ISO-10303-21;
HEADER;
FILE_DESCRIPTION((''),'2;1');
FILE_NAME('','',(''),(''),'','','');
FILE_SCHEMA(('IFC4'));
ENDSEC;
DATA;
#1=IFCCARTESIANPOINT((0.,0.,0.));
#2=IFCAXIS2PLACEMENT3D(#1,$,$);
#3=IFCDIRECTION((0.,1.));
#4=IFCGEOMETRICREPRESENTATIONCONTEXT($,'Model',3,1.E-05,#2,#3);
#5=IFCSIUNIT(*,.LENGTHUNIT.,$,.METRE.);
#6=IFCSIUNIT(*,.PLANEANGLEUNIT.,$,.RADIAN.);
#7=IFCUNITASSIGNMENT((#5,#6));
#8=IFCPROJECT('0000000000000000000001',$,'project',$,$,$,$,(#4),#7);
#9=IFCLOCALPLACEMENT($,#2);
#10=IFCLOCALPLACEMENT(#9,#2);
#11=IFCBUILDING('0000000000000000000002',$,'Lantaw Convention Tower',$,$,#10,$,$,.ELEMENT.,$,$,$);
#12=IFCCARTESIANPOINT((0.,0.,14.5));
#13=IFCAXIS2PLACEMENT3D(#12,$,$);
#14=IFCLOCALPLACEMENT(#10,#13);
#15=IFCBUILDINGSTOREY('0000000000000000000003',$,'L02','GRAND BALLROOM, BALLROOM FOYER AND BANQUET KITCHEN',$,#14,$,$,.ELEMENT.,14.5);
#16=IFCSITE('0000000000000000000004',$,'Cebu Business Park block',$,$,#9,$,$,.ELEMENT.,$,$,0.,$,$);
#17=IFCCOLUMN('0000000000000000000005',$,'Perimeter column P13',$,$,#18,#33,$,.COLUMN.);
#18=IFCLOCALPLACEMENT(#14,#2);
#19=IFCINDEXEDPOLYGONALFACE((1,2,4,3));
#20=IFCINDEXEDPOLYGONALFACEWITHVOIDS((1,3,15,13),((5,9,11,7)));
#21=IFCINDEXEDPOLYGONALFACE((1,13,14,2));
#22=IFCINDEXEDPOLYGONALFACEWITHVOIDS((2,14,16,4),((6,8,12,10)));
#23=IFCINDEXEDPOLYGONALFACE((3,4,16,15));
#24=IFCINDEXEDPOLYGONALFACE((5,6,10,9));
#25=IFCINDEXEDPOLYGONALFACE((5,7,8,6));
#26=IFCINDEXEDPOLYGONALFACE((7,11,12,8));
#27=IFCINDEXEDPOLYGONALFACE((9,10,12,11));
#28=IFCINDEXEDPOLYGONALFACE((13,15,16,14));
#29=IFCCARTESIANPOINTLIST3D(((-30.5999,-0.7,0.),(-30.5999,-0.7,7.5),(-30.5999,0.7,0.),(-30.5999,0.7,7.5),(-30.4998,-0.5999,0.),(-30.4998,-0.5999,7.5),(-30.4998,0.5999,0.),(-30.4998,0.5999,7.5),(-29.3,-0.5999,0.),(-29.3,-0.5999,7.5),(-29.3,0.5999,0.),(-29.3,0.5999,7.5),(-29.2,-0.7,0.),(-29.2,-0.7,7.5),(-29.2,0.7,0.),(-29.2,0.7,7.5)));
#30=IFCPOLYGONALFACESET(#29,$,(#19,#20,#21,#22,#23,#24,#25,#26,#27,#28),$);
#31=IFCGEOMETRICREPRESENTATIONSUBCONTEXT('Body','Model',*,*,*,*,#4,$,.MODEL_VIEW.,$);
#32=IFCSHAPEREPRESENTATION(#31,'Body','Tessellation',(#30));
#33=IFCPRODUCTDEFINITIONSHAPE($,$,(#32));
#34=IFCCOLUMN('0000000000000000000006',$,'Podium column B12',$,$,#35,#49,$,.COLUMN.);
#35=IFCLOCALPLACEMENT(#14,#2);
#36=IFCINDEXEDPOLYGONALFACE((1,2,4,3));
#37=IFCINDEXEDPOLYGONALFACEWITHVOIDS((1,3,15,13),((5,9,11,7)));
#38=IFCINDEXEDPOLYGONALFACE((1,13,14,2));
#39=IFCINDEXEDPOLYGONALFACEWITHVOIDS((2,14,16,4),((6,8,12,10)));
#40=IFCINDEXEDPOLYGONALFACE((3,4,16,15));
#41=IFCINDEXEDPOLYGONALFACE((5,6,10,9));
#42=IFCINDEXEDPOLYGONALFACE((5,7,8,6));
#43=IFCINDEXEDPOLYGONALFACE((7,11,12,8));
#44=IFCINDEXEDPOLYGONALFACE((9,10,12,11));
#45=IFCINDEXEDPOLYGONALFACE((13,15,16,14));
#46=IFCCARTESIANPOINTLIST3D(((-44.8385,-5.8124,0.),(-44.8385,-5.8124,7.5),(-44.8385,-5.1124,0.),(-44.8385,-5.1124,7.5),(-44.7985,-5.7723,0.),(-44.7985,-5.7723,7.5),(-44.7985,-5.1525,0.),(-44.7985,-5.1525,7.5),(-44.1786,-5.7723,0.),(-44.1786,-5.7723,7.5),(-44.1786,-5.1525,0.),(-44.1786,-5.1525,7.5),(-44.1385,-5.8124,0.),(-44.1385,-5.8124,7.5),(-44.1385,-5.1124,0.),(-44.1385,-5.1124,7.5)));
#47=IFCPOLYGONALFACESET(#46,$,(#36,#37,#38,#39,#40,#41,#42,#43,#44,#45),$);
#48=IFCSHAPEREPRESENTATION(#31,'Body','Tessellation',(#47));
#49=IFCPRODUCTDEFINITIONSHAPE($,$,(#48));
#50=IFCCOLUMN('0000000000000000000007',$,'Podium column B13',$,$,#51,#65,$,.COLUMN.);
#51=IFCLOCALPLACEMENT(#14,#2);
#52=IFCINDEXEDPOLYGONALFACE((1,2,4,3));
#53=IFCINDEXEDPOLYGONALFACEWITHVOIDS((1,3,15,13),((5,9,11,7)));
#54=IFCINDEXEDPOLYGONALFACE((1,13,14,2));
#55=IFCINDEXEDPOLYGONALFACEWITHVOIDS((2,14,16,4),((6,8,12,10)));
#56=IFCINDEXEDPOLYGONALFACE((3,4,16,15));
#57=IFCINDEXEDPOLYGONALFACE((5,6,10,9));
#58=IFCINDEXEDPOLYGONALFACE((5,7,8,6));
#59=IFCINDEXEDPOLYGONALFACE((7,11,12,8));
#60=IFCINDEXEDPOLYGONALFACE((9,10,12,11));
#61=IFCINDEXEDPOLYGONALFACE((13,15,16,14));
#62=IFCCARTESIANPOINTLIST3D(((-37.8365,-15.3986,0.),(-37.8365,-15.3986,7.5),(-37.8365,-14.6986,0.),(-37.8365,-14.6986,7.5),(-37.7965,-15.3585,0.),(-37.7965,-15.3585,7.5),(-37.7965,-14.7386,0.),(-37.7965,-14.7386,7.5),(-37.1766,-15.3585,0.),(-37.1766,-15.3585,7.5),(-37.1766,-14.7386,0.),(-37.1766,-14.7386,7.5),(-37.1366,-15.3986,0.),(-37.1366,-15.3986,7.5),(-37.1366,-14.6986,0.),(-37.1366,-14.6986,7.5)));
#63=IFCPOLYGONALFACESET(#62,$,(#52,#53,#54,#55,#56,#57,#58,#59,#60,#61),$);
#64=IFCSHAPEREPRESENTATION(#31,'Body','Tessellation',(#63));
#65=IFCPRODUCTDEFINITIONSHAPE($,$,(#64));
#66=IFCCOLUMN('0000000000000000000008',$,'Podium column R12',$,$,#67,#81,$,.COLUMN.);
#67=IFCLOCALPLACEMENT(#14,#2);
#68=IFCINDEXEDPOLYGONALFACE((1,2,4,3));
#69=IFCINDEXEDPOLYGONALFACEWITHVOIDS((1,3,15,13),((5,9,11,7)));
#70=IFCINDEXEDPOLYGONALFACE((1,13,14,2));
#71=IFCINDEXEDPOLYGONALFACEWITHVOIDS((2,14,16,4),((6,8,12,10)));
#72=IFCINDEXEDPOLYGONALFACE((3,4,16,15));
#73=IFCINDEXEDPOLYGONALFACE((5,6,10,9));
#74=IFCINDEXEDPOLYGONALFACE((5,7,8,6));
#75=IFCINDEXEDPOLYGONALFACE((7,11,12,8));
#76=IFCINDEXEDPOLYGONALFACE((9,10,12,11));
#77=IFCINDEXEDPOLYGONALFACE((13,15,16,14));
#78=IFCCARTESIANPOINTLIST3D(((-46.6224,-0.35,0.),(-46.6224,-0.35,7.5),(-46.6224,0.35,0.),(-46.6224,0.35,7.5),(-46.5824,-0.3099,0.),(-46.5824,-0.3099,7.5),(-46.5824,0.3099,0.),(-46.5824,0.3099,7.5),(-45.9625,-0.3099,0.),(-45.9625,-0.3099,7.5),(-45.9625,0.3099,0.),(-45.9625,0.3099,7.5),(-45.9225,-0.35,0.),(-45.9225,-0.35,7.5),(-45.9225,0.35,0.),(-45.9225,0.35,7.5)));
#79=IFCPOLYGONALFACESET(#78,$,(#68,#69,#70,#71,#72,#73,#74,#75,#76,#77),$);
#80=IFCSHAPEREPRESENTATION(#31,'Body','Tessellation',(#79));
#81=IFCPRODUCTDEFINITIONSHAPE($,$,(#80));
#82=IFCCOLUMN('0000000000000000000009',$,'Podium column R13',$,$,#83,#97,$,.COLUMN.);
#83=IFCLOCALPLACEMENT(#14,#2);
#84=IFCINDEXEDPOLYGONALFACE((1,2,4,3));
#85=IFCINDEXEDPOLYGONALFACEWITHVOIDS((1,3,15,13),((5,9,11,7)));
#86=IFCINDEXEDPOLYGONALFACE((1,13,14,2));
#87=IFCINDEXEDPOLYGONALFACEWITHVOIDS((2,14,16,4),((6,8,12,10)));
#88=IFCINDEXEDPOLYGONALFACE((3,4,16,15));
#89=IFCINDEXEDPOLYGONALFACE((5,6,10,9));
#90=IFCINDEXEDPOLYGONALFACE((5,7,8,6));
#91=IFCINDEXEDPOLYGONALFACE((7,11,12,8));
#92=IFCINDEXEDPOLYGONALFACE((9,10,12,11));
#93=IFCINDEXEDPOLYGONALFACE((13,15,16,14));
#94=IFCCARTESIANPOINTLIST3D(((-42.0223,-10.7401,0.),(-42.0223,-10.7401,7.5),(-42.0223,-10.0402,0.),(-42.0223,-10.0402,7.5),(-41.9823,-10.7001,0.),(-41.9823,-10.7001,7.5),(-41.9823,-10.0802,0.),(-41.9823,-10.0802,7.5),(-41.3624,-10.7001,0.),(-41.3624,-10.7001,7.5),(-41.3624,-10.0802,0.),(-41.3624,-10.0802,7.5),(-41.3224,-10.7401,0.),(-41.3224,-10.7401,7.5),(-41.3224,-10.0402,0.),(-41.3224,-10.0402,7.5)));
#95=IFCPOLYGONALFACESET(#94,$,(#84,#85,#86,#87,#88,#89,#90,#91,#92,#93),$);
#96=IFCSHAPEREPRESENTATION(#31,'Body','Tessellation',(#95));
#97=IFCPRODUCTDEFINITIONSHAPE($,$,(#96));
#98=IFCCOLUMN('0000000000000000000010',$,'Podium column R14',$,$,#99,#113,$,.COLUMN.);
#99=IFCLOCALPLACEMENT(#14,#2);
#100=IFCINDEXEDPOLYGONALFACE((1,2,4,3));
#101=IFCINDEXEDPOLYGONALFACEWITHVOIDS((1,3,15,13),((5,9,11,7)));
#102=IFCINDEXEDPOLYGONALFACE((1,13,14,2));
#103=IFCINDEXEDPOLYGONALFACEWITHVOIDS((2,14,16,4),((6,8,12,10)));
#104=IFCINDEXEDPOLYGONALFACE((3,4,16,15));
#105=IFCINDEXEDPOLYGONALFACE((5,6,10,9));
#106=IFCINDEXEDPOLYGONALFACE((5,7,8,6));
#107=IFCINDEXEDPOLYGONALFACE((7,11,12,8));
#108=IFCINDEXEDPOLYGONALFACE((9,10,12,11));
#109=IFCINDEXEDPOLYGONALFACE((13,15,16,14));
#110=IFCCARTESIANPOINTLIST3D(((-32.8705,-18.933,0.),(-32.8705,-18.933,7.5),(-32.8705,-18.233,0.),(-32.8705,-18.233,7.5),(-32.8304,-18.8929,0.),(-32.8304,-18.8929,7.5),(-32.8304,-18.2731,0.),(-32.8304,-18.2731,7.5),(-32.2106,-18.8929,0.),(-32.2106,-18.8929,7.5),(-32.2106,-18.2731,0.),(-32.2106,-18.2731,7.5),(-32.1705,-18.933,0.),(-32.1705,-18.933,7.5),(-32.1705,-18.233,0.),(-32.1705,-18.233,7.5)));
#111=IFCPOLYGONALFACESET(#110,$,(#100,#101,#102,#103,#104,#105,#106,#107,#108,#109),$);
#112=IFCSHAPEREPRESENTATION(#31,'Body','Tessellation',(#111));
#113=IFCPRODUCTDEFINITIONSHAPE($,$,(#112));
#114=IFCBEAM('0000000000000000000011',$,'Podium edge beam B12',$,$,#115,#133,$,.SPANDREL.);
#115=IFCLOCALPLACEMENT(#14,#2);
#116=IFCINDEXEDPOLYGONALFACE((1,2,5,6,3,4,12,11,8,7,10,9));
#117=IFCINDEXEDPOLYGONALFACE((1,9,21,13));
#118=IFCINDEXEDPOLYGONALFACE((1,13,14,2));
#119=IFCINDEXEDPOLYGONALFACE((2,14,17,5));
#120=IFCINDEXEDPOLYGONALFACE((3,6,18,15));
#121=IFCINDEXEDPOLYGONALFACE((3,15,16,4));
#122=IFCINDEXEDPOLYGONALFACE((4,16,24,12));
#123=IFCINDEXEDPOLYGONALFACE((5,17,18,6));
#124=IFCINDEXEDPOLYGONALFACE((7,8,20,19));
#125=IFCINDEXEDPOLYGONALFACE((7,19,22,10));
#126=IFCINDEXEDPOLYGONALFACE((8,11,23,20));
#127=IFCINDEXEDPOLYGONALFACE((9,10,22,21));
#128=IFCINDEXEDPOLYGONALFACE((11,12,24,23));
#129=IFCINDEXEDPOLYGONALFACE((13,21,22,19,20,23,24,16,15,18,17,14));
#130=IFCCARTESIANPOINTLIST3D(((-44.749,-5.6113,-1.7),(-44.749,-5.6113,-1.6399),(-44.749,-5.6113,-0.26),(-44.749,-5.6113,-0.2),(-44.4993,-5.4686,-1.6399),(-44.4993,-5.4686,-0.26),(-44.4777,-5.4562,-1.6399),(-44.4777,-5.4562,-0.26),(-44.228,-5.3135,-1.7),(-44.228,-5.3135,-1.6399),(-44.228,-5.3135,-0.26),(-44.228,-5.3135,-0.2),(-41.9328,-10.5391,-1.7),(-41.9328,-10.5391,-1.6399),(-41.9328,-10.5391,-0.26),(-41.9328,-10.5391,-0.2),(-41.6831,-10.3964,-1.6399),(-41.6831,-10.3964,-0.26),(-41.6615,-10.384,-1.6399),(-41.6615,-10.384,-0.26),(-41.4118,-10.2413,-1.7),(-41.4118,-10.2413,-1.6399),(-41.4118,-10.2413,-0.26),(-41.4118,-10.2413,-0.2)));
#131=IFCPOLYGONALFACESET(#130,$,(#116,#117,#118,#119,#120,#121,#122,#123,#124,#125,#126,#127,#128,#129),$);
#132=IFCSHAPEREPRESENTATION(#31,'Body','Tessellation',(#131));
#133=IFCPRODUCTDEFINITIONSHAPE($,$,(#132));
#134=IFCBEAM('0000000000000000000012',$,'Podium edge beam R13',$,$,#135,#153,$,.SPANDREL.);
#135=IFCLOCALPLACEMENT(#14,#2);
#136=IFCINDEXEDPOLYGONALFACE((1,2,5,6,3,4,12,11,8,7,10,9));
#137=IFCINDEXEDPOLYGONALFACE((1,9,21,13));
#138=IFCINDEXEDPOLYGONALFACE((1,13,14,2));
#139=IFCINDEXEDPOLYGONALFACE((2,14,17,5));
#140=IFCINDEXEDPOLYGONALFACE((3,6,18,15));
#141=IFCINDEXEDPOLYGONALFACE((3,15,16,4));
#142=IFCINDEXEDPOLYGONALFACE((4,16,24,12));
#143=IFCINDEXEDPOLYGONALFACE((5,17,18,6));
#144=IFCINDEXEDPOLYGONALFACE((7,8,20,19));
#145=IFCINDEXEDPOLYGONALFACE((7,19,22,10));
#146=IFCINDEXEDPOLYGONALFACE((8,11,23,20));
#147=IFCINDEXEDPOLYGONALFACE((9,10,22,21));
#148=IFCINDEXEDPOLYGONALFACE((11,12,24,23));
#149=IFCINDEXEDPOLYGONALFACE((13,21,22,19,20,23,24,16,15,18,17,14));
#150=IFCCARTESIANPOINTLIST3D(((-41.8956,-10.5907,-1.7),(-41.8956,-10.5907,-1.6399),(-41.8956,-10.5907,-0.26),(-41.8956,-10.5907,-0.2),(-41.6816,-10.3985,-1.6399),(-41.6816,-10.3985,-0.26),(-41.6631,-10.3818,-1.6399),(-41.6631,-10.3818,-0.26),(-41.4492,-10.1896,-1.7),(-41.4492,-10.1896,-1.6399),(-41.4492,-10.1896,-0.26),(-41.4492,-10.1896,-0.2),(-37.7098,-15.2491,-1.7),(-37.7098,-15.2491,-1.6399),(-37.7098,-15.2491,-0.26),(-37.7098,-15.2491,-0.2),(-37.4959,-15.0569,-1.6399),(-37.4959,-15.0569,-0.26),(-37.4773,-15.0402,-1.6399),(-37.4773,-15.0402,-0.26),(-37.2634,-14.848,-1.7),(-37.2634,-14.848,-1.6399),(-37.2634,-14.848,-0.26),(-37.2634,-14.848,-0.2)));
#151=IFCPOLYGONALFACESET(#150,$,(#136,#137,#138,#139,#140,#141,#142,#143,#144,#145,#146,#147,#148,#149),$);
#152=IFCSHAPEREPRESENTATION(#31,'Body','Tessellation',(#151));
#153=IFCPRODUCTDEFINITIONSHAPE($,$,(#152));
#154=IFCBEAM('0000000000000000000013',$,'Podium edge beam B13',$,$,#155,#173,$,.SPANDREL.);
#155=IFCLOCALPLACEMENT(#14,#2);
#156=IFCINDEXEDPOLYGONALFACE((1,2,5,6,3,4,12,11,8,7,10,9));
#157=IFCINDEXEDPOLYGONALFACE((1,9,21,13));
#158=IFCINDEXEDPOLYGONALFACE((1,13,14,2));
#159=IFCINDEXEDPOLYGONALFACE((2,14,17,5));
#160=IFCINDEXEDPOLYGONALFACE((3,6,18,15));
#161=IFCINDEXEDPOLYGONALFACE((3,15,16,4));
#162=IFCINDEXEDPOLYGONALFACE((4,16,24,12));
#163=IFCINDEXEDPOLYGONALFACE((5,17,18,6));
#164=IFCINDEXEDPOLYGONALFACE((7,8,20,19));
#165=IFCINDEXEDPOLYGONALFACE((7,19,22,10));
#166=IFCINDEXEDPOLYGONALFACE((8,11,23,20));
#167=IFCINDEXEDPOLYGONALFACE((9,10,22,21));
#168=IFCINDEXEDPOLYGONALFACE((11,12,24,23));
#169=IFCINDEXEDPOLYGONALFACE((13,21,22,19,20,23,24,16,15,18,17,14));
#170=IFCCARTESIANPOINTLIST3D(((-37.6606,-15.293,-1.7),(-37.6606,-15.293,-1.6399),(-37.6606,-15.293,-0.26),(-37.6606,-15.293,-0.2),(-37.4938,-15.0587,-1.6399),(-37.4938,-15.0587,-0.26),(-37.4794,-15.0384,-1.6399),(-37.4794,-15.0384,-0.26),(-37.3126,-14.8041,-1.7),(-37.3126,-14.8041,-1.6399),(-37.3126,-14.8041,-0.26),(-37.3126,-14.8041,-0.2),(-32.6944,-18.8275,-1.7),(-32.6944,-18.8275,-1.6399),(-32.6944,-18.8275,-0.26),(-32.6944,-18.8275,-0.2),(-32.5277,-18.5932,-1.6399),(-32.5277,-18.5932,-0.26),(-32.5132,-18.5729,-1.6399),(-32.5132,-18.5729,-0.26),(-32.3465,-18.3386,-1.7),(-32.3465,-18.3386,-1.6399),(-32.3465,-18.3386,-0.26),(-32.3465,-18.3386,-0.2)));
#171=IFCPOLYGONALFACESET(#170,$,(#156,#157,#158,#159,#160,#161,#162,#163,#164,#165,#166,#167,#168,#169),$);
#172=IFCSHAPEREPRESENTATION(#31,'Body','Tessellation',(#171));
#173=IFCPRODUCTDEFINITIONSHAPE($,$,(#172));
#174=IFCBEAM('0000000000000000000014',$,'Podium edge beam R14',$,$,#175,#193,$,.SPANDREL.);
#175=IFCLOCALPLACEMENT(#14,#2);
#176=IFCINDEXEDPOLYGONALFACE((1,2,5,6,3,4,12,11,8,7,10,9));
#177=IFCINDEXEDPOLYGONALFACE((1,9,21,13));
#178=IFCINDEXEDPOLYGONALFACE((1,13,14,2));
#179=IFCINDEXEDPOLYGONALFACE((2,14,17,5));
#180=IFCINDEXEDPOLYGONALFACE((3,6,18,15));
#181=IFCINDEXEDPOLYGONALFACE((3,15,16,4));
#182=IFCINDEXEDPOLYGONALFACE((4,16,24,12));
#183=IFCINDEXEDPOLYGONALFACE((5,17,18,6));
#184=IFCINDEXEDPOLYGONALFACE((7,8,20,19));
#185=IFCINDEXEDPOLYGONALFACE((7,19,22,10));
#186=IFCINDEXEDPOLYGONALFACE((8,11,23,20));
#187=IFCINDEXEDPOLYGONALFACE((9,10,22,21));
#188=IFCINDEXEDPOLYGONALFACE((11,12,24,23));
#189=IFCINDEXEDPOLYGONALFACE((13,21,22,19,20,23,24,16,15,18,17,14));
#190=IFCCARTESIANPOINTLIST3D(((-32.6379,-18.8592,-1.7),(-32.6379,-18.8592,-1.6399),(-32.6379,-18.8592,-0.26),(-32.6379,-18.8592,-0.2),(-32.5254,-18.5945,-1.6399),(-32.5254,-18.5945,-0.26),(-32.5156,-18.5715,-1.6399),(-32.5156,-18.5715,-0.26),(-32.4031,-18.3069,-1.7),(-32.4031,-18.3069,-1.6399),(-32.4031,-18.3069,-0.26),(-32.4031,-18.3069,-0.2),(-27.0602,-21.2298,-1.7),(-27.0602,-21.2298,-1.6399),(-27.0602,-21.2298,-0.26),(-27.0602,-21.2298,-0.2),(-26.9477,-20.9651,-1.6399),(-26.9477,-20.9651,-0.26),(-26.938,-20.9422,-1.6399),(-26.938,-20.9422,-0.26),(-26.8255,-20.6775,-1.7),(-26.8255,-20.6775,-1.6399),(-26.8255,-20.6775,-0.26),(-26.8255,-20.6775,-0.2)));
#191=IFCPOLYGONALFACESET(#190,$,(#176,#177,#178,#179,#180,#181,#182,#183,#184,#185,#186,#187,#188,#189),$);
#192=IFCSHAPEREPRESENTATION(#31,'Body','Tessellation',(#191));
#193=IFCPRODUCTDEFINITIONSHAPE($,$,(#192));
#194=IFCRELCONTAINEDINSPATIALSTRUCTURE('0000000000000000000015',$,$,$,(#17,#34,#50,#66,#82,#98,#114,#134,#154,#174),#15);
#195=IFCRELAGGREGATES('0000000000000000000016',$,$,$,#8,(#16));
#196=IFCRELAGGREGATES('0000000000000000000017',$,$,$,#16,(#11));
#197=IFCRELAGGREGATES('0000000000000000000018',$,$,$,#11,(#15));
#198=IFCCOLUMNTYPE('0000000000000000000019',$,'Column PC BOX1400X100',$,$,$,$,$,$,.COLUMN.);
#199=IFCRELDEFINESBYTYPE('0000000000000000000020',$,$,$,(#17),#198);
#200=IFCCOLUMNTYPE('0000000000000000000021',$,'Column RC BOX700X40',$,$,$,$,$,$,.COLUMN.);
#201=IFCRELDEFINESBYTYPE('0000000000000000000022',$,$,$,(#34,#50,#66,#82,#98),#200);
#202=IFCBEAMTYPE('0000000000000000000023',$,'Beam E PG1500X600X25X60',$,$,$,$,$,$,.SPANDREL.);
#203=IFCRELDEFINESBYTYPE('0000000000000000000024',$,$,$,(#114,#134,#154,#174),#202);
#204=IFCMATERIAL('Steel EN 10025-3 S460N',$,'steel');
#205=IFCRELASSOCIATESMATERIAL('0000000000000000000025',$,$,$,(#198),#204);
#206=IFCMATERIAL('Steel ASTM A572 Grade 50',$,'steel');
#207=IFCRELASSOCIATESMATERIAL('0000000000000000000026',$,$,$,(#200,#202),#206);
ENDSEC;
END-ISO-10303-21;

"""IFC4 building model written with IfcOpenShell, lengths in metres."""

from ifc_helpers import new_model, si_unit, direction, frame, origin, origin_2d, place, context, subcontext, project, spatial, rectangle, hollow_rectangle, i_section, extrude, material, material_profile, profile_set, type_object, element, save


model = new_model("IFC4")

# Units and contexts
model_context = context("Model", 3, precision=1e-05, world=origin(), true_north=direction((0.0, 1.0)))
body_context = subcontext(model_context, "Body", "Model", "MODEL_VIEW")
ifc_project = project(units=[si_unit("LENGTHUNIT", "METRE"), si_unit("PLANEANGLEUNIT", "RADIAN")], contexts=[model_context])

# Site, building, storey
site_placement = place(None, origin())
site = spatial("IfcSite", under=ifc_project, at=site_placement, Name="Cebu Business Park block", CompositionType="ELEMENT", RefElevation=0.0)
building_placement = place(site_placement, origin())
building = spatial("IfcBuilding", under=site, at=building_placement, Name="Lantaw Convention Tower", CompositionType="ELEMENT")
storey_placement = place(building_placement, frame((0.0, 0.0, 14.5)))
storey = spatial("IfcBuildingStorey", under=building, at=storey_placement, Name="L02", Description="GRAND BALLROOM, BALLROOM FOYER AND BANQUET KITCHEN", CompositionType="ELEMENT", Elevation=14.5)

# Columns
ifc_material_1 = material(Name="Steel EN 10025-3 S460N", Category="steel")
ifc_material_profile_1 = material_profile(ifc_material_1, hollow_rectangle(XDim=1.3999, YDim=1.3999, WallThickness=0.1001, at=origin_2d()), Name="BOX1400X100")
ifc_material_2 = material(Name="Concrete C60/75", Category="concrete")
ifc_material_profile_2 = material_profile(ifc_material_2, rectangle(XDim=1.2, YDim=1.2, at=origin_2d()), Name="Concrete fill of BOX1400X100")
ifc_profile_set_1 = profile_set([ifc_material_profile_1, ifc_material_profile_2], Name="Steel EN 10025-3 S460N")
column_type_1 = type_object("IfcColumnType", Name="Column PC BOX1400X100", PredefinedType="COLUMN", material=ifc_profile_set_1)
column_placement = place(storey_placement, frame((-29.8999, 0.0, 0.0), z_axis=(0.0, 0.0, 1.0), x_axis=(1.0, 0.0, 0.0)))
element("IfcColumn", 1, at=column_placement, inside=storey, type_object=column_type_1, Name="Perimeter column P13", PredefinedType="COLUMN", context=body_context, shape_type="SweptSolid", body=[
    extrude(hollow_rectangle(XDim=1.3999, YDim=1.3999, WallThickness=0.1001, at=origin_2d()), origin(), (0.0, 0.0, 1.0), 7.5),
])
ifc_material_3 = material(Name="Steel ASTM A572 Grade 50", Category="steel")
ifc_material_profile_3 = material_profile(ifc_material_3, hollow_rectangle(XDim=0.7, YDim=0.7, WallThickness=0.04, at=origin_2d()), Name="BOX700X40")
ifc_profile_set_2 = profile_set([ifc_material_profile_3], Name="Steel ASTM A572 Grade 50")
column_type_2 = type_object("IfcColumnType", Name="Column RC BOX700X40", PredefinedType="COLUMN", material=ifc_profile_set_2)
for number, where, z_axis, x_axis, name in (
    (2, (-44.4885, -5.4624, 0.0), (0.0, 0.0, 1.0), (1.0, 0.0, 0.0), "Podium column B12"),
    (3, (-37.4866, -15.0486, 0.0), (0.0, 0.0, 1.0), (1.0, 0.0, 0.0), "Podium column B13"),
    (4, (-46.2725, 0.0, 0.0), (0.0, 0.0, 1.0), (1.0, 0.0, 0.0), "Podium column R12"),
    (5, (-41.6724, -10.3901, 0.0), (0.0, 0.0, 1.0), (1.0, 0.0, 0.0), "Podium column R13"),
    (6, (-32.5205, -18.583, 0.0), (0.0, 0.0, 1.0), (1.0, 0.0, 0.0), "Podium column R14"),
):
    element("IfcColumn", number, at=place(storey_placement, frame(where, z_axis=z_axis, x_axis=x_axis)), inside=storey, type_object=column_type_2, Name=name, PredefinedType="COLUMN", context=body_context, shape_type="SweptSolid", body=[
        extrude(hollow_rectangle(XDim=0.7, YDim=0.7, WallThickness=0.04, at=origin_2d()), origin(), (0.0, 0.0, 1.0), 7.5),
    ])

# Beams
ifc_material_profile_4 = material_profile(ifc_material_3, i_section(OverallWidth=0.6001, OverallDepth=1.5, WebThickness=0.0249, FlangeThickness=0.0601, at=origin_2d()), Name="PG1500X600X25X60")
ifc_profile_set_3 = profile_set([ifc_material_profile_4], Name="Steel ASTM A572 Grade 50")
beam_type_1 = type_object("IfcBeamType", Name="Beam E PG1500X600X25X60", PredefinedType="SPANDREL", material=ifc_profile_set_3)
beam_1_placement = place(storey_placement, frame((-44.4885, -5.4624, -0.95), z_axis=(0.496181, -0.868219, 0.0), x_axis=(0.868219, 0.496181, 0.0)))
element("IfcBeam", 7, at=beam_1_placement, inside=storey, type_object=beam_type_1, Name="Podium edge beam B12", PredefinedType="SPANDREL", context=body_context, shape_type="SweptSolid", body=[
    extrude(i_section(OverallWidth=0.6001, OverallDepth=1.5, WebThickness=0.0249, FlangeThickness=0.0601, at=origin_2d()), origin(), (0.0, 0.0, 1.0), 5.6758),
])
beam_2_placement = place(storey_placement, frame((-41.6724, -10.3901, -0.95), z_axis=(0.668364, -0.743835, 0.0), x_axis=(0.743835, 0.668364, 0.0)))
element("IfcBeam", 8, at=beam_2_placement, inside=storey, type_object=beam_type_1, Name="Podium edge beam R13", PredefinedType="SPANDREL", context=body_context, shape_type="SweptSolid", body=[
    extrude(i_section(OverallWidth=0.6001, OverallDepth=1.5, WebThickness=0.0249, FlangeThickness=0.0601, at=origin_2d()), origin(), (0.0, 0.0, 1.0), 6.2627),
])
beam_3_placement = place(storey_placement, frame((-37.4866, -15.0486, -0.95), z_axis=(0.814723, -0.579851, 0.0), x_axis=(0.579851, 0.814723, 0.0)))
element("IfcBeam", 9, at=beam_3_placement, inside=storey, type_object=beam_type_1, Name="Podium edge beam B13", PredefinedType="SPANDREL", context=body_context, shape_type="SweptSolid", body=[
    extrude(i_section(OverallWidth=0.6001, OverallDepth=1.5, WebThickness=0.0249, FlangeThickness=0.0601, at=origin_2d()), origin(), (0.0, 0.0, 1.0), 6.0955),
])
beam_4_placement = place(storey_placement, frame((-32.5205, -18.583, -0.95), z_axis=(0.920324, -0.391156, 0.0), x_axis=(0.391156, 0.920324, 0.0)))
element("IfcBeam", 10, at=beam_4_placement, inside=storey, type_object=beam_type_1, Name="Podium edge beam R14", PredefinedType="SPANDREL", context=body_context, shape_type="SweptSolid", body=[
    extrude(i_section(OverallWidth=0.6001, OverallDepth=1.5, WebThickness=0.0249, FlangeThickness=0.0601, at=origin_2d()), origin(), (0.0, 0.0, 1.0), 6.0605),
])

save(model, "model.ifc")
